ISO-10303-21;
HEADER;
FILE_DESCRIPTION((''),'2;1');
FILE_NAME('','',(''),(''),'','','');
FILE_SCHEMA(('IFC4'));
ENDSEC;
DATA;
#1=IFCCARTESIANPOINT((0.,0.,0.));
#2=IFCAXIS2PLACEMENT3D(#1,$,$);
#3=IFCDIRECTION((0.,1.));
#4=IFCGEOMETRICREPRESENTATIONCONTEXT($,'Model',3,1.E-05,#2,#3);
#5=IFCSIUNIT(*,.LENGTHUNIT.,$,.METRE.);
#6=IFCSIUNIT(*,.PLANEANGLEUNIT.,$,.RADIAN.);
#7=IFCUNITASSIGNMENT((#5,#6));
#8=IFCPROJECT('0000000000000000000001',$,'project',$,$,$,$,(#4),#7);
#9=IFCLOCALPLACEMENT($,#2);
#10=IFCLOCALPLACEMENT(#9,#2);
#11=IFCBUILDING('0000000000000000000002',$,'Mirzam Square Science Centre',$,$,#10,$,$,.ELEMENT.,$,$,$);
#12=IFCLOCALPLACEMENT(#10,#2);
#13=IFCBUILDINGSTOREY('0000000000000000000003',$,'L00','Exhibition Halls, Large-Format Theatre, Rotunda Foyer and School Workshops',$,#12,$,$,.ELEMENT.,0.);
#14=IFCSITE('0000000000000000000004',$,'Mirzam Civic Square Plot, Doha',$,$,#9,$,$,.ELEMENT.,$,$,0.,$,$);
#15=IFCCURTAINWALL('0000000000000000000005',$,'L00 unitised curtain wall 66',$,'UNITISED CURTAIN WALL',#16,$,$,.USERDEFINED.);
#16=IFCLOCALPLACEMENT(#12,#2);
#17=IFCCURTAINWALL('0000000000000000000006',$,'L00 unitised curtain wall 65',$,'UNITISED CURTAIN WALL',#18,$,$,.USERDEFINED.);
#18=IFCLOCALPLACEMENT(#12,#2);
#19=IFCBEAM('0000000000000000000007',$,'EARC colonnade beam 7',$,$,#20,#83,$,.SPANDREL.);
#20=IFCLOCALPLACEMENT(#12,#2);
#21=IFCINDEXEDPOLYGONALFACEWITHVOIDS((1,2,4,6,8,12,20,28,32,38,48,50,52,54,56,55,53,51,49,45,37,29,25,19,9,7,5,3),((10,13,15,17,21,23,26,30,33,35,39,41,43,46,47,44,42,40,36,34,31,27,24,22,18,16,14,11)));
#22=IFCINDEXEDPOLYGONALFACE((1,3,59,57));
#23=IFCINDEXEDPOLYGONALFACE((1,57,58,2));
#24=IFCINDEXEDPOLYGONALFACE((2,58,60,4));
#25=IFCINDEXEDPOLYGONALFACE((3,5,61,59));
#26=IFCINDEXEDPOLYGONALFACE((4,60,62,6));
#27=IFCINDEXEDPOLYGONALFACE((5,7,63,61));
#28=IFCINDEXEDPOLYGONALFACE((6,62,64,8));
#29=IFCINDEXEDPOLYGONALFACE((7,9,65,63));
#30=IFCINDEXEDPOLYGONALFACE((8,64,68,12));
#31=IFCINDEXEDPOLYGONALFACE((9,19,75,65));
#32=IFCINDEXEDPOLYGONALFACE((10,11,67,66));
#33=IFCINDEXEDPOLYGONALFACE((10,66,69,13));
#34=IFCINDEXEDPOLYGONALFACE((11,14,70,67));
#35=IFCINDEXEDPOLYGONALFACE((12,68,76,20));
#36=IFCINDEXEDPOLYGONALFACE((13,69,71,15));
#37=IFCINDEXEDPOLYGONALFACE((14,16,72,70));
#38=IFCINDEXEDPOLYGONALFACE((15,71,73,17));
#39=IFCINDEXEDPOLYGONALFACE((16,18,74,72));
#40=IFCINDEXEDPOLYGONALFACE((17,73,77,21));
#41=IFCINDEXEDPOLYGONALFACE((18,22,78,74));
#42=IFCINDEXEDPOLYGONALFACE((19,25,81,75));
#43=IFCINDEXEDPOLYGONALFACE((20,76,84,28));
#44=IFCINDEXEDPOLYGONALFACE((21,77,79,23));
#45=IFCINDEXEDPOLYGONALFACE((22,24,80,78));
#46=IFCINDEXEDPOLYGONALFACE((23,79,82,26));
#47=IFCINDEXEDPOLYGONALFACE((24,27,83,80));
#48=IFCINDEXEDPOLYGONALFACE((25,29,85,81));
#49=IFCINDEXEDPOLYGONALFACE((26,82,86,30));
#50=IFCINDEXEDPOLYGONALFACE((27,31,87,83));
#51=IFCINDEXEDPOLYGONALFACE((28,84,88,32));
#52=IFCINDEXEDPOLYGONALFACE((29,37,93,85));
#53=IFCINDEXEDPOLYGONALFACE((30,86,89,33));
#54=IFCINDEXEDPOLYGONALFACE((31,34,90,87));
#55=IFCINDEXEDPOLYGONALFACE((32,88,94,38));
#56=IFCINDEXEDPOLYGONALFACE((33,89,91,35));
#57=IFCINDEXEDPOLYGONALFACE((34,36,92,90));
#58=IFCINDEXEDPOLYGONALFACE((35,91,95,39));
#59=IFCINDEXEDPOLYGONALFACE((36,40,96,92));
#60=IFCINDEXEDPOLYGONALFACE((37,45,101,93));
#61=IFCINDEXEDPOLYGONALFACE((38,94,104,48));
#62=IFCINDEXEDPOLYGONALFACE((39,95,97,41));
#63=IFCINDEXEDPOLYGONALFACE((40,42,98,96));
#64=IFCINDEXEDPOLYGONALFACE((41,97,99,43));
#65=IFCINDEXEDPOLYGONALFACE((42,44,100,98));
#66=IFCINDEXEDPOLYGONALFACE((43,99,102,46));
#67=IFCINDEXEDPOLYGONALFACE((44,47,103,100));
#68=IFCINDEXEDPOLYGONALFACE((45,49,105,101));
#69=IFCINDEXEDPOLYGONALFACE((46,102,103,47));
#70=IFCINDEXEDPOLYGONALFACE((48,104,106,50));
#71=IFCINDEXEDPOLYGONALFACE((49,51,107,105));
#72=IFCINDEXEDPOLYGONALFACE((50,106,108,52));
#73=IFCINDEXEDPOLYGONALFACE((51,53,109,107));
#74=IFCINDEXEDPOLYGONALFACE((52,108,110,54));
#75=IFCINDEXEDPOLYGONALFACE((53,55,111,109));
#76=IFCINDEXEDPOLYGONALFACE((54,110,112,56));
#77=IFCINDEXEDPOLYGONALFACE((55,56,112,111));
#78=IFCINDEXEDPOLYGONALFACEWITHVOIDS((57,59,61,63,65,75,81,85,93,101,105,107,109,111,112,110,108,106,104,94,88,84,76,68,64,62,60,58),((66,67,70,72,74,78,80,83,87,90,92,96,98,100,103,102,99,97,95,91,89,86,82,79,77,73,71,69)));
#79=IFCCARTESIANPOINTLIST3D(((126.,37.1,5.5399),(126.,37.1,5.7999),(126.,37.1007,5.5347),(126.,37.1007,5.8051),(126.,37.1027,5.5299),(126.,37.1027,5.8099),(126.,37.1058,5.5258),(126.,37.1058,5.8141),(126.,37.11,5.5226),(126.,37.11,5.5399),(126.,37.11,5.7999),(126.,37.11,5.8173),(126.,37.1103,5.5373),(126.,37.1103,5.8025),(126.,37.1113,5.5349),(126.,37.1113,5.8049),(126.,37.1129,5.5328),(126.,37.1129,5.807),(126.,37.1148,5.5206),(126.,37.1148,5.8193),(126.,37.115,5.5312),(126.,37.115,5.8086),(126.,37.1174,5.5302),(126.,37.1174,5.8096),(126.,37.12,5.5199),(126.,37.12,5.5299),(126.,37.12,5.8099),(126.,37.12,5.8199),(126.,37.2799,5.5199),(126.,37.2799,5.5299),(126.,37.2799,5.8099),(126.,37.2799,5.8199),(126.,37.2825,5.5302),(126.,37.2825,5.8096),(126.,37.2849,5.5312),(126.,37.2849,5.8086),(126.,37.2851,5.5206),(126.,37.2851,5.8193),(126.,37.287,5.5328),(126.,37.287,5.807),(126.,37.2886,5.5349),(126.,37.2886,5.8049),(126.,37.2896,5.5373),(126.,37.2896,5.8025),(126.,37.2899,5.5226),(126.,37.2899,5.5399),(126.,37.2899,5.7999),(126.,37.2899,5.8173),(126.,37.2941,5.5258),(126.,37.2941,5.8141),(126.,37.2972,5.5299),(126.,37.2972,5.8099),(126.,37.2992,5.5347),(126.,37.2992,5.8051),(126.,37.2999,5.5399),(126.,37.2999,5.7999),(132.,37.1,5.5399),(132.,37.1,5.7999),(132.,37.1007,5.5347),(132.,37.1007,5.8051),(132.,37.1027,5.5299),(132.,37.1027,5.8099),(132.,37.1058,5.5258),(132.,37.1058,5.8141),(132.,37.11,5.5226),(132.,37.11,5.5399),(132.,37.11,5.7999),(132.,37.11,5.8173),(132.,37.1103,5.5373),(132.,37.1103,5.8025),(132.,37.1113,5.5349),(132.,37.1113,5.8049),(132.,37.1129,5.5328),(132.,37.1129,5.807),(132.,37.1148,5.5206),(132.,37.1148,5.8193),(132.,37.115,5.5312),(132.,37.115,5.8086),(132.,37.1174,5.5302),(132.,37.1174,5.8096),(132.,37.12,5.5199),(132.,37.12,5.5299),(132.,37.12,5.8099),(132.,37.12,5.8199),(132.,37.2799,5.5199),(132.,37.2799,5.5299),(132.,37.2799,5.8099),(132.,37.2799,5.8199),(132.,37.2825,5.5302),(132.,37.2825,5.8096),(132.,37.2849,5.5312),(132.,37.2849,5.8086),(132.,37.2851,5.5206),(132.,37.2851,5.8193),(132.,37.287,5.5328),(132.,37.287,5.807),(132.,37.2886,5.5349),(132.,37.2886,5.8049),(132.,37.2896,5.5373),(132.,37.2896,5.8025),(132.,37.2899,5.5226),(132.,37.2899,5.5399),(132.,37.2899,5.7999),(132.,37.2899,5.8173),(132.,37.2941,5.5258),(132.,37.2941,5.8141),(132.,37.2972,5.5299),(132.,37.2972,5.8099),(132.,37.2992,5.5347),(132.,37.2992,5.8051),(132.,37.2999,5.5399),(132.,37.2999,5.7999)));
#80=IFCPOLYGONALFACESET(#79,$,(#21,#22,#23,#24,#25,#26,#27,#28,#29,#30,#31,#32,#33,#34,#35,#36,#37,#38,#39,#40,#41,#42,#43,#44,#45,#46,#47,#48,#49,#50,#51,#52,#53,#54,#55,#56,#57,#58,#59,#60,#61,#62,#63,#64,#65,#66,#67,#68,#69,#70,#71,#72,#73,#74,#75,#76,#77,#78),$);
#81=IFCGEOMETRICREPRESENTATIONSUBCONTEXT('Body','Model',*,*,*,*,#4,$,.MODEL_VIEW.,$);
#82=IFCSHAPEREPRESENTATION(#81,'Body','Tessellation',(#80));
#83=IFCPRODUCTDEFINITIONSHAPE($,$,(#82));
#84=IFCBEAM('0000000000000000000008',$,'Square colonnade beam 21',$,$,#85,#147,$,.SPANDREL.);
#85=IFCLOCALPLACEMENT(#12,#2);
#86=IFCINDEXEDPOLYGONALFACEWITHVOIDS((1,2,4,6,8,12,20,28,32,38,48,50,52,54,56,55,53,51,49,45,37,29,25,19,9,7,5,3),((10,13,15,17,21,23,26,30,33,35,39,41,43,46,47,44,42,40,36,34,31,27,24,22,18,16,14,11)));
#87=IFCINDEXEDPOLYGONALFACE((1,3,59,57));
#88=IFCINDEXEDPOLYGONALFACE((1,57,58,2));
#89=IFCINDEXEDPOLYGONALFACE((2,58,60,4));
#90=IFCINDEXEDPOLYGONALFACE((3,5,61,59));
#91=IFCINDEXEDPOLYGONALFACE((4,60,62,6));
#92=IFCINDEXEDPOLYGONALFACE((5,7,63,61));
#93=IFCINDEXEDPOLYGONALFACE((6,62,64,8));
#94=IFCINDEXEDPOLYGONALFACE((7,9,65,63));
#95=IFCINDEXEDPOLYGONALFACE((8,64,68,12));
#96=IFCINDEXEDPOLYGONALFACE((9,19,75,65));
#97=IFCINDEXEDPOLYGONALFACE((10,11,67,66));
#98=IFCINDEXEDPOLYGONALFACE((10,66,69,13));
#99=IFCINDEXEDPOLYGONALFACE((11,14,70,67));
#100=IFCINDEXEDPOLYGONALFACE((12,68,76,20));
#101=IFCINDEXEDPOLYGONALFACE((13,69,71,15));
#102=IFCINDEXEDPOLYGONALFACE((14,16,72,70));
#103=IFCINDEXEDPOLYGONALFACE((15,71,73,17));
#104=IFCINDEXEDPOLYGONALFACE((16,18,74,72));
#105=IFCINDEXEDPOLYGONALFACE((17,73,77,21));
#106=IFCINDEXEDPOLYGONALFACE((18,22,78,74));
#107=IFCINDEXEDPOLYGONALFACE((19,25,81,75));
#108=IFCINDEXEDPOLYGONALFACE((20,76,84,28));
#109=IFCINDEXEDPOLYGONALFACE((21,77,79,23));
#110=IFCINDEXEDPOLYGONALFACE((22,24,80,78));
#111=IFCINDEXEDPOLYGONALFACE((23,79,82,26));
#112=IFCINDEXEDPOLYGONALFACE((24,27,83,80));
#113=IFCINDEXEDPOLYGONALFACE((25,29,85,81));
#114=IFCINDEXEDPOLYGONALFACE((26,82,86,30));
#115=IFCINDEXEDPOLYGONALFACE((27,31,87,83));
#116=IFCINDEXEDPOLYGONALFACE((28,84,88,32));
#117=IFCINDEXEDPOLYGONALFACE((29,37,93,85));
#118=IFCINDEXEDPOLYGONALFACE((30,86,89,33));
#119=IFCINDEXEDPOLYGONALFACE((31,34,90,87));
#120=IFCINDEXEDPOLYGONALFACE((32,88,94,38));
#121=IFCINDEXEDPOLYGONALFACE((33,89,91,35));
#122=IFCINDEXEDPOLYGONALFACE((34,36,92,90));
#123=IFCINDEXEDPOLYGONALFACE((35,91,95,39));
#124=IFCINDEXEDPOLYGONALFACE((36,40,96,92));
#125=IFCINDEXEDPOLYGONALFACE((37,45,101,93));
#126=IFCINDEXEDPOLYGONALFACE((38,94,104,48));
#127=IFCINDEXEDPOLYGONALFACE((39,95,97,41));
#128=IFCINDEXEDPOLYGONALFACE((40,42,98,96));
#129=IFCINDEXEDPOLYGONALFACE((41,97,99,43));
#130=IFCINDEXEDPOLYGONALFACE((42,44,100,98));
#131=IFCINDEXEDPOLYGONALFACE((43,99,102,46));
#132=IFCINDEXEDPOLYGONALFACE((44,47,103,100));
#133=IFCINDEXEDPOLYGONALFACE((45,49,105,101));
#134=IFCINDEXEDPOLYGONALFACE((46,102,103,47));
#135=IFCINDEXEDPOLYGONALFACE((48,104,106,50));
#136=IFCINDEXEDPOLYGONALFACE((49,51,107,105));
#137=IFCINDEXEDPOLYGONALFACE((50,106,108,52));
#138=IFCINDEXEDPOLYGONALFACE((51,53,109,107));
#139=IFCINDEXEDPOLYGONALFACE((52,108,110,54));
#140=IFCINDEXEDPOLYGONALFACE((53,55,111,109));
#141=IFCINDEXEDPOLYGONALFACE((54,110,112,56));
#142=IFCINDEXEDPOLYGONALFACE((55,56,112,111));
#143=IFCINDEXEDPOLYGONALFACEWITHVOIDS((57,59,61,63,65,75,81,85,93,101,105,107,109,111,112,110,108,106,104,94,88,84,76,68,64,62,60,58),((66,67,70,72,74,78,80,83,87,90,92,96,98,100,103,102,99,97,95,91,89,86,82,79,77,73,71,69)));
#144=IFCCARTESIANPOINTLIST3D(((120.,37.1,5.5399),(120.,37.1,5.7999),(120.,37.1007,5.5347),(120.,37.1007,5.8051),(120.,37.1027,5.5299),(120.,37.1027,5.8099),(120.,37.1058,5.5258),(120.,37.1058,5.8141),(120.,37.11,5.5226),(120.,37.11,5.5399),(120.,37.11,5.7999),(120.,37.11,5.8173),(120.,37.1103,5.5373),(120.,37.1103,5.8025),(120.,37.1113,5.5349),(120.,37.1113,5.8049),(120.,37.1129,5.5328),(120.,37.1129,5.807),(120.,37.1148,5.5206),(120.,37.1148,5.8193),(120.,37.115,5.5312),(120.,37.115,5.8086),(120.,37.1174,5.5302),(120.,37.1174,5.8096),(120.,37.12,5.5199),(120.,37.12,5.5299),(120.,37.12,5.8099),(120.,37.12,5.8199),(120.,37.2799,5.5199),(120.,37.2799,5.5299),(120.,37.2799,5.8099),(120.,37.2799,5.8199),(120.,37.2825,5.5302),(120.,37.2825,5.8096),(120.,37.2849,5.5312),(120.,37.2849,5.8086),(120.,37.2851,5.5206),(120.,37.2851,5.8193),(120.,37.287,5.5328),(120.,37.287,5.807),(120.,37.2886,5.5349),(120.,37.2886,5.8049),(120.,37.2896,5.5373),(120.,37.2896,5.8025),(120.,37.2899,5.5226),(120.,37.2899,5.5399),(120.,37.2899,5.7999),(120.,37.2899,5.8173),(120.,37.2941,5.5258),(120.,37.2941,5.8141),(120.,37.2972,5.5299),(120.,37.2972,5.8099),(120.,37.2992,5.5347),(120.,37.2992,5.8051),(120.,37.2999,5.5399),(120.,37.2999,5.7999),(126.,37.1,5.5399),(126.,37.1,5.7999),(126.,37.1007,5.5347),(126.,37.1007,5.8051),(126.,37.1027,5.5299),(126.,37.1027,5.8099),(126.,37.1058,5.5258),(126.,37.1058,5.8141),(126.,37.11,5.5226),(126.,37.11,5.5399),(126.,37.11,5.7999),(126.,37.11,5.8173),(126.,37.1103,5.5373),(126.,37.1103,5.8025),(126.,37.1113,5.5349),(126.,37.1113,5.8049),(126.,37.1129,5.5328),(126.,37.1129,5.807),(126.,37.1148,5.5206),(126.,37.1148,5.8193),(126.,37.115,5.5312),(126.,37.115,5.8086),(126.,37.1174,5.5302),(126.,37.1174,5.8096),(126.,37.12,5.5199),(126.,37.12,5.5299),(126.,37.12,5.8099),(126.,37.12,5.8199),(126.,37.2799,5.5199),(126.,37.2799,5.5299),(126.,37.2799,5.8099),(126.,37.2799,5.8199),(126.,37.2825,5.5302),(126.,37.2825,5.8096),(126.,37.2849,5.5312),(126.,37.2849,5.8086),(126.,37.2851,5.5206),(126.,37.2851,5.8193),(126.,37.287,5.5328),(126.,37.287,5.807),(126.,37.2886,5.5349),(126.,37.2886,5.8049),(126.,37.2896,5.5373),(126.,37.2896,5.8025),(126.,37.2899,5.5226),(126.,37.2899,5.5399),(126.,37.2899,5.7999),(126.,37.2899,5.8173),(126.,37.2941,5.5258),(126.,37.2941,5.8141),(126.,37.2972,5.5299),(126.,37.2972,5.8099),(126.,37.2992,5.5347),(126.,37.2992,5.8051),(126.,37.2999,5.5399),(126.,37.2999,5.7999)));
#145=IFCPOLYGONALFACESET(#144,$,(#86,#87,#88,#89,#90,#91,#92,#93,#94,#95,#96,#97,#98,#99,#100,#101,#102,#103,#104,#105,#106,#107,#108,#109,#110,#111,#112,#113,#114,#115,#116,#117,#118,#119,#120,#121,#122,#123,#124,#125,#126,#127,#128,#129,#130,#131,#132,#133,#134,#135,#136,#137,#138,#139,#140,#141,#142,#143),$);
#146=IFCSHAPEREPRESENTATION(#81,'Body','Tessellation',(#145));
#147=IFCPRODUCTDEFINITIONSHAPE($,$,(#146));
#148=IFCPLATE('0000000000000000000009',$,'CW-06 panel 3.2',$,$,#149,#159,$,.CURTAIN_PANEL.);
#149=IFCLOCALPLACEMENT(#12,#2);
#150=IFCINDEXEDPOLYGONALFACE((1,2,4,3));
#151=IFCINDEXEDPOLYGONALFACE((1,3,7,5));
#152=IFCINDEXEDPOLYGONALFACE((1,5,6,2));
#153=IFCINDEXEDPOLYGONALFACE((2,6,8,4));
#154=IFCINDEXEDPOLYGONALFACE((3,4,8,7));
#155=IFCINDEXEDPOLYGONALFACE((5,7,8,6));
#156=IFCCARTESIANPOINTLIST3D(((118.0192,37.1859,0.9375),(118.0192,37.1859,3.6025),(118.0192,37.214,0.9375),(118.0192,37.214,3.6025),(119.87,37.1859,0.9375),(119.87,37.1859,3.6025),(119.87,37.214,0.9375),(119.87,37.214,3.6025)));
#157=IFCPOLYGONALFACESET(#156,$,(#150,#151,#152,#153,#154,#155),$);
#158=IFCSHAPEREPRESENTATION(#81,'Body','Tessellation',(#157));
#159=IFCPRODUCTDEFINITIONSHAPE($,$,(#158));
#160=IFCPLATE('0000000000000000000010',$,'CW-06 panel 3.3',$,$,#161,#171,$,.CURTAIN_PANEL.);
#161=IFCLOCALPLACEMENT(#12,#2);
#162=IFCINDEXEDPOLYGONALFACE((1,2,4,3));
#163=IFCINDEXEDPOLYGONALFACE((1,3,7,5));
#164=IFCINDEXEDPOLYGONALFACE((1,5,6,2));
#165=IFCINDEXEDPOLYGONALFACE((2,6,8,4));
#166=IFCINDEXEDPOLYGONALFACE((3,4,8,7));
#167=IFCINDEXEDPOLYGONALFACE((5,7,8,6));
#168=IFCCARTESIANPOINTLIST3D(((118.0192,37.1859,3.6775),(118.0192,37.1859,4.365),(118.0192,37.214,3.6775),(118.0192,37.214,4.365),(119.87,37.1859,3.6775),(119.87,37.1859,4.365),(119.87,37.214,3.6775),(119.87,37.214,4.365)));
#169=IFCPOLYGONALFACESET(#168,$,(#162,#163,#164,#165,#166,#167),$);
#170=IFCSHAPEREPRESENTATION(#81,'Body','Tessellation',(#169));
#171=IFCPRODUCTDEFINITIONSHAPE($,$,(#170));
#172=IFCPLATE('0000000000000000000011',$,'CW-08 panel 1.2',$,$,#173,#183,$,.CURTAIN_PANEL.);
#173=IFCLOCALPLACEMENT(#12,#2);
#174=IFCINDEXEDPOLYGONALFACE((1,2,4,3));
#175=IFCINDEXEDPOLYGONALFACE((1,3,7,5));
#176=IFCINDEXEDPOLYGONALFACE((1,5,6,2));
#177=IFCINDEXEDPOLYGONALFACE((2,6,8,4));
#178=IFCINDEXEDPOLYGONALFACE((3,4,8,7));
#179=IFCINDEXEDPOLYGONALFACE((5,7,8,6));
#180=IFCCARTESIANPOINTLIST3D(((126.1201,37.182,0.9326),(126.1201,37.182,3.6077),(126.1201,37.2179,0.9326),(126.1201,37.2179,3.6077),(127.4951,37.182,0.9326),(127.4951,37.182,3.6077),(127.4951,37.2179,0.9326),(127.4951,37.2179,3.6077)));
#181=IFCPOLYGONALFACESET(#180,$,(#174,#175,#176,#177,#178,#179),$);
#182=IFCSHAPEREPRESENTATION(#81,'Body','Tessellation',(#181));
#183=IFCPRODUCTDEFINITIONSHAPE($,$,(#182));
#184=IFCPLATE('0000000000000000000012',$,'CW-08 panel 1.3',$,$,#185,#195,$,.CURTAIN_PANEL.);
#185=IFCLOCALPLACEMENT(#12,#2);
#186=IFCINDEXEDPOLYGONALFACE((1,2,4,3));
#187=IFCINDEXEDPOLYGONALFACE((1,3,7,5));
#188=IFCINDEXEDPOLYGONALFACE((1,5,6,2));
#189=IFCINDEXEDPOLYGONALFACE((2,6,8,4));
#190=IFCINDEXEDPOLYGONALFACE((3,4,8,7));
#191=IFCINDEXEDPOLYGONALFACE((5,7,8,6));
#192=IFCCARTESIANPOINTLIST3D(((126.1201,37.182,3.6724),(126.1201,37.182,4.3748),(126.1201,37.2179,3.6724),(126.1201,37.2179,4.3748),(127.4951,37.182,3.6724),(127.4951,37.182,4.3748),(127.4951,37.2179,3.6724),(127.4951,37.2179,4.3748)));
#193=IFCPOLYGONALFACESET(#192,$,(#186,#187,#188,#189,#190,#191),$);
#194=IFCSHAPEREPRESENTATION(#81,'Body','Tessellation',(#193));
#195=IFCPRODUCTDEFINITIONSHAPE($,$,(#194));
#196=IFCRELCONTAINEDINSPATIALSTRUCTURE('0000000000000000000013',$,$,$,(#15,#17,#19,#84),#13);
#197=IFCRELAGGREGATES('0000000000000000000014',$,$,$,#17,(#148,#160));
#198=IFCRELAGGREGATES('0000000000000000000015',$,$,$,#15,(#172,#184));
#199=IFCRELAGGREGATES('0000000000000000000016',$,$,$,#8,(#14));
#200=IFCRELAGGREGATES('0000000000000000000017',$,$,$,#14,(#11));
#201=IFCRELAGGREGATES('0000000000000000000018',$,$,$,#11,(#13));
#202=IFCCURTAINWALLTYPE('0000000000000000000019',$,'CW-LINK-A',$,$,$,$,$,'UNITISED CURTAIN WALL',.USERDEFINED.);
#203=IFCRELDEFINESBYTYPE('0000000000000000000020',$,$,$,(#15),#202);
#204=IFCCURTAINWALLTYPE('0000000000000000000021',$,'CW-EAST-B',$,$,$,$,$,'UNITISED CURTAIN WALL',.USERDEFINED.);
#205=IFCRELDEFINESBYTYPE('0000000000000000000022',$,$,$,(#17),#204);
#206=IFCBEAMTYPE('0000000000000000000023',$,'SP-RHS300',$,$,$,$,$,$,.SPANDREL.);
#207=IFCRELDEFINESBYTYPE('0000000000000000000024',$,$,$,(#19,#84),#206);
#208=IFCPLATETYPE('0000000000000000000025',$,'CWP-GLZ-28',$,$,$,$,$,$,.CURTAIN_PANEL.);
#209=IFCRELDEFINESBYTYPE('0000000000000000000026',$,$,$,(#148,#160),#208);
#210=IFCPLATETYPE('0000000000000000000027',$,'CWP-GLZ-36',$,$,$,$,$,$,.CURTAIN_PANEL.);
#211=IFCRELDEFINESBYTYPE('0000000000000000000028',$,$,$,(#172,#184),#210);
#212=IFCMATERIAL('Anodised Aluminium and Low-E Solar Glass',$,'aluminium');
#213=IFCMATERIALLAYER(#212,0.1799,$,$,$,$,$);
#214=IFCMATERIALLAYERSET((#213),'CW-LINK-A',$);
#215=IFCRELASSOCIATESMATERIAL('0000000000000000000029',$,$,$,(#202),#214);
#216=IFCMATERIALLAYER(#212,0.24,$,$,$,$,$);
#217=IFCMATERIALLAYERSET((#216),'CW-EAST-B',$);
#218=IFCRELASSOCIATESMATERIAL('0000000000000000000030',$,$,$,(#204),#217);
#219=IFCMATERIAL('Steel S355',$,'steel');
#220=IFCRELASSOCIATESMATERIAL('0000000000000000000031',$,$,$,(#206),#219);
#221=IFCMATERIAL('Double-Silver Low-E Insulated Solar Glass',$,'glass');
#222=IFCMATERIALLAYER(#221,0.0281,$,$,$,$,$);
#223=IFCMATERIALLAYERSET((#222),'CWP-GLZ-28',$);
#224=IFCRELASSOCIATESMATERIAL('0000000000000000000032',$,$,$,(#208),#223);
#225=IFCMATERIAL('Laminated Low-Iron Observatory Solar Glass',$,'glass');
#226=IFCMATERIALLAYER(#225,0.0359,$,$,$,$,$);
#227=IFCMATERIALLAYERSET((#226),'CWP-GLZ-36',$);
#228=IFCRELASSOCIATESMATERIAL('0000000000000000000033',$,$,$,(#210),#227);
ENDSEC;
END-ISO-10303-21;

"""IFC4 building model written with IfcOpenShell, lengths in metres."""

from ifc_helpers import new_model, si_unit, direction, frame, origin, origin_2d, place, context, subcontext, project, spatial, rectangle, hollow_rectangle, extrude, material, layer, layer_set, material_profile, profile_set, type_object, element, aggregate, save


model = new_model("IFC4")

# Units and contexts
model_context = context("Model", 3, precision=1e-05, world=origin(), true_north=direction((0.0, 1.0)))
body_context = subcontext(model_context, "Body", "Model", "MODEL_VIEW")
ifc_project = project(units=[si_unit("LENGTHUNIT", "METRE"), si_unit("PLANEANGLEUNIT", "RADIAN")], contexts=[model_context])

# Site, building, storey
site_placement = place(None, origin())
site = spatial("IfcSite", under=ifc_project, at=site_placement, Name="Mirzam Civic Square Plot, Doha", CompositionType="ELEMENT", RefElevation=0.0)
building_placement = place(site_placement, origin())
building = spatial("IfcBuilding", under=site, at=building_placement, Name="Mirzam Square Science Centre", CompositionType="ELEMENT")
storey_placement = place(building_placement, origin())
storey = spatial("IfcBuildingStorey", under=building, at=storey_placement, Name="L00", Description="Exhibition Halls, Large-Format Theatre, Rotunda Foyer and School Workshops", CompositionType="ELEMENT", Elevation=0.0)

# Curtain walls
ifc_material_1 = material(Name="Anodised Aluminium and Low-E Solar Glass", Category="aluminium")
ifc_layer_1 = layer(ifc_material_1, 0.1799)
ifc_layer_set_1 = layer_set([ifc_layer_1], Name="CW-LINK-A")
curtain_wall_type_1 = type_object("IfcCurtainWallType", Name="CW-LINK-A", ElementType="UNITISED CURTAIN WALL", PredefinedType="USERDEFINED", material=ifc_layer_set_1)
curtain_wall_1_placement = place(storey_placement, origin())
curtain_wall_1 = element("IfcCurtainWall", 1, at=curtain_wall_1_placement, inside=storey, type_object=curtain_wall_type_1, Name="L00 unitised curtain wall 66", ObjectType="UNITISED CURTAIN WALL", PredefinedType="USERDEFINED")
ifc_layer_2 = layer(ifc_material_1, 0.24)
ifc_layer_set_2 = layer_set([ifc_layer_2], Name="CW-EAST-B")
curtain_wall_type_2 = type_object("IfcCurtainWallType", Name="CW-EAST-B", ElementType="UNITISED CURTAIN WALL", PredefinedType="USERDEFINED", material=ifc_layer_set_2)
curtain_wall_2_placement = place(storey_placement, origin())
curtain_wall_2 = element("IfcCurtainWall", 2, at=curtain_wall_2_placement, inside=storey, type_object=curtain_wall_type_2, Name="L00 unitised curtain wall 65", ObjectType="UNITISED CURTAIN WALL", PredefinedType="USERDEFINED")

# Beams
ifc_material_2 = material(Name="Steel S355", Category="steel")
ifc_material_profile_1 = material_profile(ifc_material_2, hollow_rectangle(XDim=0.2, YDim=0.3, WallThickness=0.01, InnerFilletRadius=0.01, OuterFilletRadius=0.02, at=origin_2d()), Name="300x200x10.0RHS")
ifc_profile_set_1 = profile_set([ifc_material_profile_1], Name="Steel S355")
beam_type = type_object("IfcBeamType", Name="SP-RHS300", PredefinedType="SPANDREL", material=ifc_profile_set_1)
for number, where, z_axis, x_axis, name in (
    (3, (126.0, 37.2, 5.6699), (1.0, 0.0, 0.0), (0.0, 1.0, 0.0), "EARC colonnade beam 7"),
    (4, (120.0, 37.2, 5.6699), (1.0, 0.0, 0.0), (0.0, 1.0, 0.0), "Square colonnade beam 21"),
):
    element("IfcBeam", number, at=place(storey_placement, frame(where, z_axis=z_axis, x_axis=x_axis)), inside=storey, type_object=beam_type, Name=name, PredefinedType="SPANDREL", context=body_context, shape_type="SweptSolid", body=[
        extrude(hollow_rectangle(XDim=0.2, YDim=0.3, WallThickness=0.01, InnerFilletRadius=0.01, OuterFilletRadius=0.02, at=origin_2d()), origin(), (0.0, 0.0, 1.0), 6.0),
    ])

# Plates
ifc_material_3 = material(Name="Double-Silver Low-E Insulated Solar Glass", Category="glass")
ifc_layer_3 = layer(ifc_material_3, 0.0281)
ifc_layer_set_3 = layer_set([ifc_layer_3], Name="CWP-GLZ-28")
plate_type_1 = type_object("IfcPlateType", Name="CWP-GLZ-28", PredefinedType="CURTAIN_PANEL", material=ifc_layer_set_3)
plate_1_placement = place(storey_placement, frame((118.9446, 37.2, 0.9375), z_axis=(0.0, 0.0, 1.0), x_axis=(1.0, 0.0, 0.0)))
plate_1 = element("IfcPlate", 5, at=plate_1_placement, type_object=plate_type_1, Name="CW-06 panel 3.2", PredefinedType="CURTAIN_PANEL", context=body_context, shape_type="SweptSolid", body=[
    extrude(rectangle(XDim=1.8508, YDim=0.0281, at=origin_2d()), origin(), (0.0, 0.0, 1.0), 2.665),
])
plate_2_placement = place(storey_placement, frame((118.9446, 37.2, 3.6775), z_axis=(0.0, 0.0, 1.0), x_axis=(1.0, 0.0, 0.0)))
plate_2 = element("IfcPlate", 6, at=plate_2_placement, type_object=plate_type_1, Name="CW-06 panel 3.3", PredefinedType="CURTAIN_PANEL", context=body_context, shape_type="SweptSolid", body=[
    extrude(rectangle(XDim=1.8508, YDim=0.0281, at=origin_2d()), origin(), (0.0, 0.0, 1.0), 0.6875),
])
aggregate(curtain_wall_2, [plate_1, plate_2])
ifc_material_4 = material(Name="Laminated Low-Iron Observatory Solar Glass", Category="glass")
ifc_layer_4 = layer(ifc_material_4, 0.0359)
ifc_layer_set_4 = layer_set([ifc_layer_4], Name="CWP-GLZ-36")
plate_type_2 = type_object("IfcPlateType", Name="CWP-GLZ-36", PredefinedType="CURTAIN_PANEL", material=ifc_layer_set_4)
plate_3_placement = place(storey_placement, frame((126.8076, 37.2, 0.9326), z_axis=(0.0, 0.0, 1.0), x_axis=(1.0, 0.0, 0.0)))
plate_3 = element("IfcPlate", 7, at=plate_3_placement, type_object=plate_type_2, Name="CW-08 panel 1.2", PredefinedType="CURTAIN_PANEL", context=body_context, shape_type="SweptSolid", body=[
    extrude(rectangle(XDim=1.375, YDim=0.0359, at=origin_2d()), origin(), (0.0, 0.0, 1.0), 2.675),
])
plate_4_placement = place(storey_placement, frame((126.8076, 37.2, 3.6724), z_axis=(0.0, 0.0, 1.0), x_axis=(1.0, 0.0, 0.0)))
plate_4 = element("IfcPlate", 8, at=plate_4_placement, type_object=plate_type_2, Name="CW-08 panel 1.3", PredefinedType="CURTAIN_PANEL", context=body_context, shape_type="SweptSolid", body=[
    extrude(rectangle(XDim=1.375, YDim=0.0359, at=origin_2d()), origin(), (0.0, 0.0, 1.0), 0.7024),
])
aggregate(curtain_wall_1, [plate_3, plate_4])

save(model, "model.ifc")
